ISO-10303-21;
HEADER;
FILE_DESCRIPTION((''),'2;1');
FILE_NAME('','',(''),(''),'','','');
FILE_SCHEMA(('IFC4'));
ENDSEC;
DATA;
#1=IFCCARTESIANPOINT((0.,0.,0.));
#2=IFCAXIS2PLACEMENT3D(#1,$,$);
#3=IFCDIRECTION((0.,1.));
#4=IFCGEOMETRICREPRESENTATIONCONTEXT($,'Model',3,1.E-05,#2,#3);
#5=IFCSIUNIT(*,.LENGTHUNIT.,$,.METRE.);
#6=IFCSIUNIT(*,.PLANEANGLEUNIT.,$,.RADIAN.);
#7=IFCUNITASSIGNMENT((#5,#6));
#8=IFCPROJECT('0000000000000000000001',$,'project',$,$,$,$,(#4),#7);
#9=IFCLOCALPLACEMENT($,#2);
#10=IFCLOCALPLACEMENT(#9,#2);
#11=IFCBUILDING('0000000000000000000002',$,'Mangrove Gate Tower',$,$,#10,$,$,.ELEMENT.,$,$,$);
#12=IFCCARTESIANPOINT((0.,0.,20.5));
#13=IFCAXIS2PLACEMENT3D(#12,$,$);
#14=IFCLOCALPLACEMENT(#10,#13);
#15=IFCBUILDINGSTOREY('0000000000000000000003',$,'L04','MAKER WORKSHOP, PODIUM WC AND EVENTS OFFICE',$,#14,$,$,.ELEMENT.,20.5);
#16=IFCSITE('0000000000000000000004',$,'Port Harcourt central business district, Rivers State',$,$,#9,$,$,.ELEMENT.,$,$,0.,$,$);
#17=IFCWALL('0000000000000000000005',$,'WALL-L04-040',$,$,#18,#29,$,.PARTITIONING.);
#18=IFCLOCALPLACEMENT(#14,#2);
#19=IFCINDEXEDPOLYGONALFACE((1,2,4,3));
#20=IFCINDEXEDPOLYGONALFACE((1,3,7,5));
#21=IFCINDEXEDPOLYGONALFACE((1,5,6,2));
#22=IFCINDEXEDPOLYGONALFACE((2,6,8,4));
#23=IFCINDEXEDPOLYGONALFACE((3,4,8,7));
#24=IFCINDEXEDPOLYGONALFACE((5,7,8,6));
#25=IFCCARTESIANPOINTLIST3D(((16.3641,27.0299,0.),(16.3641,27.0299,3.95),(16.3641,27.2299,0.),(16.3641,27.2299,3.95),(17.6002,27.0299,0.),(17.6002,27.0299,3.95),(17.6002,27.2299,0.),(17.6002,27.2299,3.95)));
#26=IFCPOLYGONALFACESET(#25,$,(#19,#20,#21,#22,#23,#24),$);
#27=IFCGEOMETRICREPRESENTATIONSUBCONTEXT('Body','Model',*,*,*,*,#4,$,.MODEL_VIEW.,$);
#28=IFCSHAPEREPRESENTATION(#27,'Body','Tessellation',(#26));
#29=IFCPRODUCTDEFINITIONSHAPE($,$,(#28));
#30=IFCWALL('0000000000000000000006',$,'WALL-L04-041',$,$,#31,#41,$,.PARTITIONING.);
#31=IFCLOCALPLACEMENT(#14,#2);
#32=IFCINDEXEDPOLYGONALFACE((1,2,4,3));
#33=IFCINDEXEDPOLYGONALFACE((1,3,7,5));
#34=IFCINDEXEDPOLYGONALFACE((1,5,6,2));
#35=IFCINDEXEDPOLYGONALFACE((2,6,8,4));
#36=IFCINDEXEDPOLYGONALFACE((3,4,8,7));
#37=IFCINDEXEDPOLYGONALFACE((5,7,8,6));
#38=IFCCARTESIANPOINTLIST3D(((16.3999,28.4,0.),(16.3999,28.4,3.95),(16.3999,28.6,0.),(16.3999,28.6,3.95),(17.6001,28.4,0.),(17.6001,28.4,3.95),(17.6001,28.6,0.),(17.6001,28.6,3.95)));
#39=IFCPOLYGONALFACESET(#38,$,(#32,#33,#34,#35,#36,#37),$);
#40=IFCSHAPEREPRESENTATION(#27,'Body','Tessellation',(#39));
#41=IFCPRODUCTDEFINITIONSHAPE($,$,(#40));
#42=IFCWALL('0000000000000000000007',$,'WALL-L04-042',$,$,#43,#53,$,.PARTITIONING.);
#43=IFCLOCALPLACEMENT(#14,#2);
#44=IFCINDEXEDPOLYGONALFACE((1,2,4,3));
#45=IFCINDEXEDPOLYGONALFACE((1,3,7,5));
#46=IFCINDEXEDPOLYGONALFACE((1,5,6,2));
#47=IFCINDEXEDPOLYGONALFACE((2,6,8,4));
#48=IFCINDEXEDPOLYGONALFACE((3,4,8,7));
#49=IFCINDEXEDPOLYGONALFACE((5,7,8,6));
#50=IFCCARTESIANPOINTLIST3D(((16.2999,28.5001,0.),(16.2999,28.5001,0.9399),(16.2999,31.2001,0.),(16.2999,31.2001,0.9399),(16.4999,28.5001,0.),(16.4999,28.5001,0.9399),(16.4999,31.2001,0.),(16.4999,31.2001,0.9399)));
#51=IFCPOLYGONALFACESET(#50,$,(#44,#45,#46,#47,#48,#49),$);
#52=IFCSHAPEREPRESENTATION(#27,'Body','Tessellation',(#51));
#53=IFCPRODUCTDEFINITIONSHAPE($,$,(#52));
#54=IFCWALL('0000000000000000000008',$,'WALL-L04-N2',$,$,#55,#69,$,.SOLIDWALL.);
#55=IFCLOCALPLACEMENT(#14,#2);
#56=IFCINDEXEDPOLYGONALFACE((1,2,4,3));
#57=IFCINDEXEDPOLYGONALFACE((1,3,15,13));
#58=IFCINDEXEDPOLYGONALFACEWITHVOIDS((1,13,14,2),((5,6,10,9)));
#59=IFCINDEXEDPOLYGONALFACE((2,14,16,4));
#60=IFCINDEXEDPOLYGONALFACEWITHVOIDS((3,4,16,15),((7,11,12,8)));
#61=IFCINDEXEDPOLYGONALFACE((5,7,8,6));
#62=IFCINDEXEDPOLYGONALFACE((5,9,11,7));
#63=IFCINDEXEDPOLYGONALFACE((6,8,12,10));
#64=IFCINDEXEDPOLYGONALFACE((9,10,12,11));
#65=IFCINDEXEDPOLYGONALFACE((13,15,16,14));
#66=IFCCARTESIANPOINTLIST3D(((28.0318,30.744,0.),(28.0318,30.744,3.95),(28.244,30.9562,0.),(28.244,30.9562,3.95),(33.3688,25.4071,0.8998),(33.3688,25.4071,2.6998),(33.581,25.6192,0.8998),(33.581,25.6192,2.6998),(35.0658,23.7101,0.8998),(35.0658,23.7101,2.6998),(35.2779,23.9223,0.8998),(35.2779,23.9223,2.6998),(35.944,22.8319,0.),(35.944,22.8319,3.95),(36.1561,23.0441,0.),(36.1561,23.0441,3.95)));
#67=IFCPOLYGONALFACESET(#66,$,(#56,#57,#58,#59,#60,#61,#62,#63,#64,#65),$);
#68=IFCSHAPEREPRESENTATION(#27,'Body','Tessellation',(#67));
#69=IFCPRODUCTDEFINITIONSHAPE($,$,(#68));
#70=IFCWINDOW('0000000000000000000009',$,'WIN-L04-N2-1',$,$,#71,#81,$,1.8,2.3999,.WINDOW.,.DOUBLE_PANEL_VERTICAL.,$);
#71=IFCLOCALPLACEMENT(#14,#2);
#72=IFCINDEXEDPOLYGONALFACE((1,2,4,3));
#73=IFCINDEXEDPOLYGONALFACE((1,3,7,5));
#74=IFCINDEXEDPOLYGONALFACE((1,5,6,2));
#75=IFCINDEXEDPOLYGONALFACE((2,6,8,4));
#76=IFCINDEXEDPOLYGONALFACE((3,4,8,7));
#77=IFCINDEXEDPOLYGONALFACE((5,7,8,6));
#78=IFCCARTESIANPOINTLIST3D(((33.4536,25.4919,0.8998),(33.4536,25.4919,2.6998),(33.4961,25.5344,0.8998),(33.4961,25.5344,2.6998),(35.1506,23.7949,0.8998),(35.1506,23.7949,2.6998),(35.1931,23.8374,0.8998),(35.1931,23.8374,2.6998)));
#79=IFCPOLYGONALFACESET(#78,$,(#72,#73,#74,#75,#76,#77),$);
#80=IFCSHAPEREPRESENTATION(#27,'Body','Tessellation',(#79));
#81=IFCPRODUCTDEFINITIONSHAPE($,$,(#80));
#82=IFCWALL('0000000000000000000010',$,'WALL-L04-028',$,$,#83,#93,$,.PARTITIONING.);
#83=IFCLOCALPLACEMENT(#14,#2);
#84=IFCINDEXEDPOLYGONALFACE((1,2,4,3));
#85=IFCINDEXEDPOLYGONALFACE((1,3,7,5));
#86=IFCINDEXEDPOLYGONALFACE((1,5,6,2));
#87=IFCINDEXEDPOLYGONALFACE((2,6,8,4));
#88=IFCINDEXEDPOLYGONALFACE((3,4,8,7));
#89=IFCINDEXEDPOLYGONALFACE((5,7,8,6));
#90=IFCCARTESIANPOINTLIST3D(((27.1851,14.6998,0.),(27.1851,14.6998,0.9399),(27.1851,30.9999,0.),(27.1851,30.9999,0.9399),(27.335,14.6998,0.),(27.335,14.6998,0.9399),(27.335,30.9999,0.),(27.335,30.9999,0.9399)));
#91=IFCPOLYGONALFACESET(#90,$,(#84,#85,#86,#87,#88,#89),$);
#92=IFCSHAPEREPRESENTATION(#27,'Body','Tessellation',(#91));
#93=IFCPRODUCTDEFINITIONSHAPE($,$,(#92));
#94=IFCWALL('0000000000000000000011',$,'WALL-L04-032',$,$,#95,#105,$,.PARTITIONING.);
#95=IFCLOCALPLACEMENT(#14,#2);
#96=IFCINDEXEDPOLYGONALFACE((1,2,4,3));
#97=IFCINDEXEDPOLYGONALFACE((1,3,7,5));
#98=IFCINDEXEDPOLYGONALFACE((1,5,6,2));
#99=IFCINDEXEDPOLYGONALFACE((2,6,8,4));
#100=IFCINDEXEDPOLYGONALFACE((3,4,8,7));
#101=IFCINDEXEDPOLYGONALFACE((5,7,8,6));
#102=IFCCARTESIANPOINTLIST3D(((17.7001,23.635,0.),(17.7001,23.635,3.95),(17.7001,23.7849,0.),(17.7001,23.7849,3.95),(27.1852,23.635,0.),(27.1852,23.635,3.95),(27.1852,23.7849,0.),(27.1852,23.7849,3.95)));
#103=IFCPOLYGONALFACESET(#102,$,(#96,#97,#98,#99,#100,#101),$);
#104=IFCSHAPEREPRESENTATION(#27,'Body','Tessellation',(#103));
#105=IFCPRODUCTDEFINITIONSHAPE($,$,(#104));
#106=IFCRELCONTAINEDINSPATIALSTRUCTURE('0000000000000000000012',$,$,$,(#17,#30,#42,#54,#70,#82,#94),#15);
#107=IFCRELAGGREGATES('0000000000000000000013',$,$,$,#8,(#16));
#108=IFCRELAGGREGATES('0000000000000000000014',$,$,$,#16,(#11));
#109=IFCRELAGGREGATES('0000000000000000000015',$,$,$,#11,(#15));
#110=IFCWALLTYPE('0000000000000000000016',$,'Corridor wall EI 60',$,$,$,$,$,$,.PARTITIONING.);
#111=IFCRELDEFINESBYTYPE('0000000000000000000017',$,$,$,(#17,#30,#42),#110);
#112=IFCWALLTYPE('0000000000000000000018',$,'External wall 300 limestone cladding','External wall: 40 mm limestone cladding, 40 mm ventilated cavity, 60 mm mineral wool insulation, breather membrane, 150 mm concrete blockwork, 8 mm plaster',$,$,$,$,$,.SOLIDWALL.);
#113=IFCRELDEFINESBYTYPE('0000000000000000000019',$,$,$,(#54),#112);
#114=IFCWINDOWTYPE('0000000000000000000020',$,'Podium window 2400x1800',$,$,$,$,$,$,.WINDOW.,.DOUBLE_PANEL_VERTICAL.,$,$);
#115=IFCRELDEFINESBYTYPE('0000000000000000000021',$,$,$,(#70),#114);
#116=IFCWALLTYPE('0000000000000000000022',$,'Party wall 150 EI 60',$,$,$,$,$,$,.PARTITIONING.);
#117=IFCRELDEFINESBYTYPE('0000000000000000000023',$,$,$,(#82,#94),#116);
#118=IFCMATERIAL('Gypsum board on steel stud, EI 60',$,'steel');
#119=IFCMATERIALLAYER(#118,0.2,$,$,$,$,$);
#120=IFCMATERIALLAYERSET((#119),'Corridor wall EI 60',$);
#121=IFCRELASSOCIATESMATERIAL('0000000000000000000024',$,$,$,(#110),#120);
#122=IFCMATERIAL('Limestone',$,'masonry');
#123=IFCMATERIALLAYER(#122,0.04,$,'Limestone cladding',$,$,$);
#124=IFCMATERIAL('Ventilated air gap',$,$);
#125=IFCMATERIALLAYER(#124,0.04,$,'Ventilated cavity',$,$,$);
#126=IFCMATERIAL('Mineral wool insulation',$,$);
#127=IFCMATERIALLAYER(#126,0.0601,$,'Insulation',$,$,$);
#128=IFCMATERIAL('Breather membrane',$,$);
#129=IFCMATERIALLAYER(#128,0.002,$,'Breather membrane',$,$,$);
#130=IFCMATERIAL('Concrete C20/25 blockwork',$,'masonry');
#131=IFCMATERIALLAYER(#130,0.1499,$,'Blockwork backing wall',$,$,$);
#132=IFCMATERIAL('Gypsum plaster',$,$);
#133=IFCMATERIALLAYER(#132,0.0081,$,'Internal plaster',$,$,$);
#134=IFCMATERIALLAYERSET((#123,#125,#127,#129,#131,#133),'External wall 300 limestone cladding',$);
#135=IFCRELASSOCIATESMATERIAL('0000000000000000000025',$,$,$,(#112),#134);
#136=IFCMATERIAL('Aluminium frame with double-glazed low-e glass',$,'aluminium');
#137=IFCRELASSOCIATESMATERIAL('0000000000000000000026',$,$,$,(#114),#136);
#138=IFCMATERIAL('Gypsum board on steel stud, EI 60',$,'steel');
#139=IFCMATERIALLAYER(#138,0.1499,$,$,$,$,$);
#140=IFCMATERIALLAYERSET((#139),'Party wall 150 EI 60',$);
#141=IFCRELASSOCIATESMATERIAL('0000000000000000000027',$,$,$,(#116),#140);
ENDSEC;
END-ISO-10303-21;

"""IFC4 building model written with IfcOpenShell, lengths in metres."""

from ifc_helpers import new_model, si_unit, direction, frame, frame_2d, origin, place, context, subcontext, project, spatial, rectangle, extrude, material, layer, layer_set, type_object, element, fill, save


model = new_model("IFC4")

# Units and contexts
model_context = context("Model", 3, precision=1e-05, world=origin(), true_north=direction((0.0, 1.0)))
body_context = subcontext(model_context, "Body", "Model", "MODEL_VIEW")
ifc_project = project(units=[si_unit("LENGTHUNIT", "METRE"), si_unit("PLANEANGLEUNIT", "RADIAN")], contexts=[model_context])

# Site, building, storey
site_placement = place(None, origin())
site = spatial("IfcSite", under=ifc_project, at=site_placement, Name="Port Harcourt central business district, Rivers State", CompositionType="ELEMENT", RefElevation=0.0)
building_placement = place(site_placement, origin())
building = spatial("IfcBuilding", under=site, at=building_placement, Name="Mangrove Gate Tower", CompositionType="ELEMENT")
storey_placement = place(building_placement, frame((0.0, 0.0, 20.5)))
storey = spatial("IfcBuildingStorey", under=building, at=storey_placement, Name="L04", Description="MAKER WORKSHOP, PODIUM WC AND EVENTS OFFICE", CompositionType="ELEMENT", Elevation=20.5)

# Shared definitions
ifc_material_1 = material(Name="Gypsum board on steel stud, EI 60", Category="steel")
ifc_layer_1 = layer(ifc_material_1, 0.2)
ifc_layer_set_1 = layer_set([ifc_layer_1], Name="Corridor wall EI 60")
wall_type_1 = type_object("IfcWallType", Name="Corridor wall EI 60", PredefinedType="PARTITIONING", material=ifc_layer_set_1)

# Walls
wall_1_placement = place(storey_placement, frame((16.364, 27.1299, 0.0), z_axis=(0.0, 0.0, 1.0), x_axis=(1.0, 0.0, 0.0)))
element("IfcWall", 1, at=wall_1_placement, inside=storey, type_object=wall_type_1, Name="WALL-L04-040", PredefinedType="PARTITIONING", context=body_context, shape_type="SweptSolid", body=[
    extrude(rectangle(XDim=1.2361, YDim=0.2, at=frame_2d((0.6182, 0.0))), origin(), (0.0, 0.0, 1.0), 3.95),
])
wall_2_placement = place(storey_placement, frame((16.3999, 28.5, 0.0), z_axis=(0.0, 0.0, 1.0), x_axis=(1.0, 0.0, 0.0)))
element("IfcWall", 2, at=wall_2_placement, inside=storey, type_object=wall_type_1, Name="WALL-L04-041", PredefinedType="PARTITIONING", context=body_context, shape_type="SweptSolid", body=[
    extrude(rectangle(XDim=1.2002, YDim=0.2, at=frame_2d((0.6001, 0.0))), origin(), (0.0, 0.0, 1.0), 3.95),
])
wall_3_placement = place(storey_placement, frame((16.3999, 28.5, 0.0), z_axis=(0.0, 0.0, 1.0), x_axis=(0.0, 1.0, 0.0)))
element("IfcWall", 3, at=wall_3_placement, inside=storey, type_object=wall_type_1, Name="WALL-L04-042", PredefinedType="PARTITIONING", context=body_context, shape_type="SweptSolid", body=[
    extrude(rectangle(XDim=2.7, YDim=0.2, at=frame_2d((1.3501, 0.0))), origin(), (0.0, 0.0, 1.0), 0.9399),
])

# Wall, opening, window
ifc_material_2 = material(Name="Limestone", Category="masonry")
ifc_layer_2 = layer(ifc_material_2, 0.04, Name="Limestone cladding")
ifc_material_3 = material(Name="Ventilated air gap")
ifc_layer_3 = layer(ifc_material_3, 0.04, Name="Ventilated cavity")
ifc_material_4 = material(Name="Mineral wool insulation")
ifc_layer_4 = layer(ifc_material_4, 0.0601, Name="Insulation")
ifc_material_5 = material(Name="Breather membrane")
ifc_layer_5 = layer(ifc_material_5, 0.002, Name="Breather membrane")
ifc_material_6 = material(Name="Concrete C20/25 blockwork", Category="masonry")
ifc_layer_6 = layer(ifc_material_6, 0.1499, Name="Blockwork backing wall")
ifc_material_7 = material(Name="Gypsum plaster")
ifc_layer_7 = layer(ifc_material_7, 0.0081, Name="Internal plaster")
ifc_layer_set_2 = layer_set([ifc_layer_2, ifc_layer_3, ifc_layer_4, ifc_layer_5, ifc_layer_6, ifc_layer_7], Name="External wall 300 limestone cladding")
wall_type_2 = type_object("IfcWallType", Name="External wall 300 limestone cladding", Description="External wall: 40 mm limestone cladding, 40 mm ventilated cavity, 60 mm mineral wool insulation, breather membrane, 150 mm concrete blockwork, 8 mm plaster", PredefinedType="SOLIDWALL", material=ifc_layer_set_2)
wall_4_placement = place(storey_placement, frame((36.05, 22.938, 0.0), z_axis=(0.0, 0.0, 1.0), x_axis=(-0.707107, 0.707107, 0.0)))
wall_4 = element("IfcWall", 4, at=wall_4_placement, inside=storey, type_object=wall_type_2, Name="WALL-L04-N2", PredefinedType="SOLIDWALL", context=body_context, shape_type="SweptSolid", body=[
    extrude(rectangle(XDim=11.1895, YDim=0.3, at=frame_2d((5.5947, 0.0))), origin(), (0.0, 0.0, 1.0), 3.95),
])
opening_1_placement = place(wall_4_placement, frame((1.2419, 0.0, 0.8999)))
opening_1 = element("IfcOpeningElement", 5, at=opening_1_placement, cuts=wall_4, PredefinedType="OPENING", context=body_context, shape_type="SweptSolid", body=[
    extrude(rectangle(XDim=2.3999, YDim=1.8, at=frame_2d((1.2, 0.8999))), frame((0.0, 0.1599, 0.0), z_axis=(0.0, -1.0, 0.0), x_axis=(1.0, 0.0, 0.0)), (0.0, 0.0, 1.0), 0.3201),
])
ifc_material_8 = material(Name="Aluminium frame with double-glazed low-e glass", Category="aluminium")
window_type = type_object("IfcWindowType", Name="Podium window 2400x1800", PartitioningType="DOUBLE_PANEL_VERTICAL", PredefinedType="WINDOW", material=ifc_material_8)
window_placement = place(opening_1_placement, origin())
window = element("IfcWindow", 6, at=window_placement, inside=storey, type_object=window_type, Name="WIN-L04-N2-1", OverallHeight=1.8, OverallWidth=2.3999, PartitioningType="DOUBLE_PANEL_VERTICAL", PredefinedType="WINDOW", context=body_context, shape_type="SweptSolid", body=[
    extrude(rectangle(XDim=2.3999, YDim=1.8, at=frame_2d((1.2, 0.8999))), frame((0.0, 0.03, 0.0), z_axis=(0.0, -1.0, 0.0), x_axis=(1.0, 0.0, 0.0)), (0.0, 0.0, 1.0), 0.0601),
])
fill(opening_1, window)

# Walls
ifc_material_9 = material(Name="Gypsum board on steel stud, EI 60", Category="steel")
ifc_layer_8 = layer(ifc_material_9, 0.1499)
ifc_layer_set_3 = layer_set([ifc_layer_8], Name="Party wall 150 EI 60")
wall_type_3 = type_object("IfcWallType", Name="Party wall 150 EI 60", PredefinedType="PARTITIONING", material=ifc_layer_set_3)
wall_5_placement = place(storey_placement, frame((27.26, 14.7, 0.0), z_axis=(0.0, 0.0, 1.0), x_axis=(0.0, 1.0, 0.0)))
element("IfcWall", 7, at=wall_5_placement, inside=storey, type_object=wall_type_3, Name="WALL-L04-028", PredefinedType="PARTITIONING", context=body_context, shape_type="SweptSolid", body=[
    extrude(rectangle(XDim=16.3, YDim=0.1499, at=frame_2d((8.1499, 0.0))), origin(), (0.0, 0.0, 1.0), 0.9399),
])
wall_6_placement = place(storey_placement, frame((17.7, 23.71, 0.0), z_axis=(0.0, 0.0, 1.0), x_axis=(1.0, 0.0, 0.0)))
element("IfcWall", 8, at=wall_6_placement, inside=storey, type_object=wall_type_3, Name="WALL-L04-032", PredefinedType="PARTITIONING", context=body_context, shape_type="SweptSolid", body=[
    extrude(rectangle(XDim=9.4851, YDim=0.1499, at=frame_2d((4.7427, 0.0))), origin(), (0.0, 0.0, 1.0), 3.95),
])

save(model, "model.ifc")
